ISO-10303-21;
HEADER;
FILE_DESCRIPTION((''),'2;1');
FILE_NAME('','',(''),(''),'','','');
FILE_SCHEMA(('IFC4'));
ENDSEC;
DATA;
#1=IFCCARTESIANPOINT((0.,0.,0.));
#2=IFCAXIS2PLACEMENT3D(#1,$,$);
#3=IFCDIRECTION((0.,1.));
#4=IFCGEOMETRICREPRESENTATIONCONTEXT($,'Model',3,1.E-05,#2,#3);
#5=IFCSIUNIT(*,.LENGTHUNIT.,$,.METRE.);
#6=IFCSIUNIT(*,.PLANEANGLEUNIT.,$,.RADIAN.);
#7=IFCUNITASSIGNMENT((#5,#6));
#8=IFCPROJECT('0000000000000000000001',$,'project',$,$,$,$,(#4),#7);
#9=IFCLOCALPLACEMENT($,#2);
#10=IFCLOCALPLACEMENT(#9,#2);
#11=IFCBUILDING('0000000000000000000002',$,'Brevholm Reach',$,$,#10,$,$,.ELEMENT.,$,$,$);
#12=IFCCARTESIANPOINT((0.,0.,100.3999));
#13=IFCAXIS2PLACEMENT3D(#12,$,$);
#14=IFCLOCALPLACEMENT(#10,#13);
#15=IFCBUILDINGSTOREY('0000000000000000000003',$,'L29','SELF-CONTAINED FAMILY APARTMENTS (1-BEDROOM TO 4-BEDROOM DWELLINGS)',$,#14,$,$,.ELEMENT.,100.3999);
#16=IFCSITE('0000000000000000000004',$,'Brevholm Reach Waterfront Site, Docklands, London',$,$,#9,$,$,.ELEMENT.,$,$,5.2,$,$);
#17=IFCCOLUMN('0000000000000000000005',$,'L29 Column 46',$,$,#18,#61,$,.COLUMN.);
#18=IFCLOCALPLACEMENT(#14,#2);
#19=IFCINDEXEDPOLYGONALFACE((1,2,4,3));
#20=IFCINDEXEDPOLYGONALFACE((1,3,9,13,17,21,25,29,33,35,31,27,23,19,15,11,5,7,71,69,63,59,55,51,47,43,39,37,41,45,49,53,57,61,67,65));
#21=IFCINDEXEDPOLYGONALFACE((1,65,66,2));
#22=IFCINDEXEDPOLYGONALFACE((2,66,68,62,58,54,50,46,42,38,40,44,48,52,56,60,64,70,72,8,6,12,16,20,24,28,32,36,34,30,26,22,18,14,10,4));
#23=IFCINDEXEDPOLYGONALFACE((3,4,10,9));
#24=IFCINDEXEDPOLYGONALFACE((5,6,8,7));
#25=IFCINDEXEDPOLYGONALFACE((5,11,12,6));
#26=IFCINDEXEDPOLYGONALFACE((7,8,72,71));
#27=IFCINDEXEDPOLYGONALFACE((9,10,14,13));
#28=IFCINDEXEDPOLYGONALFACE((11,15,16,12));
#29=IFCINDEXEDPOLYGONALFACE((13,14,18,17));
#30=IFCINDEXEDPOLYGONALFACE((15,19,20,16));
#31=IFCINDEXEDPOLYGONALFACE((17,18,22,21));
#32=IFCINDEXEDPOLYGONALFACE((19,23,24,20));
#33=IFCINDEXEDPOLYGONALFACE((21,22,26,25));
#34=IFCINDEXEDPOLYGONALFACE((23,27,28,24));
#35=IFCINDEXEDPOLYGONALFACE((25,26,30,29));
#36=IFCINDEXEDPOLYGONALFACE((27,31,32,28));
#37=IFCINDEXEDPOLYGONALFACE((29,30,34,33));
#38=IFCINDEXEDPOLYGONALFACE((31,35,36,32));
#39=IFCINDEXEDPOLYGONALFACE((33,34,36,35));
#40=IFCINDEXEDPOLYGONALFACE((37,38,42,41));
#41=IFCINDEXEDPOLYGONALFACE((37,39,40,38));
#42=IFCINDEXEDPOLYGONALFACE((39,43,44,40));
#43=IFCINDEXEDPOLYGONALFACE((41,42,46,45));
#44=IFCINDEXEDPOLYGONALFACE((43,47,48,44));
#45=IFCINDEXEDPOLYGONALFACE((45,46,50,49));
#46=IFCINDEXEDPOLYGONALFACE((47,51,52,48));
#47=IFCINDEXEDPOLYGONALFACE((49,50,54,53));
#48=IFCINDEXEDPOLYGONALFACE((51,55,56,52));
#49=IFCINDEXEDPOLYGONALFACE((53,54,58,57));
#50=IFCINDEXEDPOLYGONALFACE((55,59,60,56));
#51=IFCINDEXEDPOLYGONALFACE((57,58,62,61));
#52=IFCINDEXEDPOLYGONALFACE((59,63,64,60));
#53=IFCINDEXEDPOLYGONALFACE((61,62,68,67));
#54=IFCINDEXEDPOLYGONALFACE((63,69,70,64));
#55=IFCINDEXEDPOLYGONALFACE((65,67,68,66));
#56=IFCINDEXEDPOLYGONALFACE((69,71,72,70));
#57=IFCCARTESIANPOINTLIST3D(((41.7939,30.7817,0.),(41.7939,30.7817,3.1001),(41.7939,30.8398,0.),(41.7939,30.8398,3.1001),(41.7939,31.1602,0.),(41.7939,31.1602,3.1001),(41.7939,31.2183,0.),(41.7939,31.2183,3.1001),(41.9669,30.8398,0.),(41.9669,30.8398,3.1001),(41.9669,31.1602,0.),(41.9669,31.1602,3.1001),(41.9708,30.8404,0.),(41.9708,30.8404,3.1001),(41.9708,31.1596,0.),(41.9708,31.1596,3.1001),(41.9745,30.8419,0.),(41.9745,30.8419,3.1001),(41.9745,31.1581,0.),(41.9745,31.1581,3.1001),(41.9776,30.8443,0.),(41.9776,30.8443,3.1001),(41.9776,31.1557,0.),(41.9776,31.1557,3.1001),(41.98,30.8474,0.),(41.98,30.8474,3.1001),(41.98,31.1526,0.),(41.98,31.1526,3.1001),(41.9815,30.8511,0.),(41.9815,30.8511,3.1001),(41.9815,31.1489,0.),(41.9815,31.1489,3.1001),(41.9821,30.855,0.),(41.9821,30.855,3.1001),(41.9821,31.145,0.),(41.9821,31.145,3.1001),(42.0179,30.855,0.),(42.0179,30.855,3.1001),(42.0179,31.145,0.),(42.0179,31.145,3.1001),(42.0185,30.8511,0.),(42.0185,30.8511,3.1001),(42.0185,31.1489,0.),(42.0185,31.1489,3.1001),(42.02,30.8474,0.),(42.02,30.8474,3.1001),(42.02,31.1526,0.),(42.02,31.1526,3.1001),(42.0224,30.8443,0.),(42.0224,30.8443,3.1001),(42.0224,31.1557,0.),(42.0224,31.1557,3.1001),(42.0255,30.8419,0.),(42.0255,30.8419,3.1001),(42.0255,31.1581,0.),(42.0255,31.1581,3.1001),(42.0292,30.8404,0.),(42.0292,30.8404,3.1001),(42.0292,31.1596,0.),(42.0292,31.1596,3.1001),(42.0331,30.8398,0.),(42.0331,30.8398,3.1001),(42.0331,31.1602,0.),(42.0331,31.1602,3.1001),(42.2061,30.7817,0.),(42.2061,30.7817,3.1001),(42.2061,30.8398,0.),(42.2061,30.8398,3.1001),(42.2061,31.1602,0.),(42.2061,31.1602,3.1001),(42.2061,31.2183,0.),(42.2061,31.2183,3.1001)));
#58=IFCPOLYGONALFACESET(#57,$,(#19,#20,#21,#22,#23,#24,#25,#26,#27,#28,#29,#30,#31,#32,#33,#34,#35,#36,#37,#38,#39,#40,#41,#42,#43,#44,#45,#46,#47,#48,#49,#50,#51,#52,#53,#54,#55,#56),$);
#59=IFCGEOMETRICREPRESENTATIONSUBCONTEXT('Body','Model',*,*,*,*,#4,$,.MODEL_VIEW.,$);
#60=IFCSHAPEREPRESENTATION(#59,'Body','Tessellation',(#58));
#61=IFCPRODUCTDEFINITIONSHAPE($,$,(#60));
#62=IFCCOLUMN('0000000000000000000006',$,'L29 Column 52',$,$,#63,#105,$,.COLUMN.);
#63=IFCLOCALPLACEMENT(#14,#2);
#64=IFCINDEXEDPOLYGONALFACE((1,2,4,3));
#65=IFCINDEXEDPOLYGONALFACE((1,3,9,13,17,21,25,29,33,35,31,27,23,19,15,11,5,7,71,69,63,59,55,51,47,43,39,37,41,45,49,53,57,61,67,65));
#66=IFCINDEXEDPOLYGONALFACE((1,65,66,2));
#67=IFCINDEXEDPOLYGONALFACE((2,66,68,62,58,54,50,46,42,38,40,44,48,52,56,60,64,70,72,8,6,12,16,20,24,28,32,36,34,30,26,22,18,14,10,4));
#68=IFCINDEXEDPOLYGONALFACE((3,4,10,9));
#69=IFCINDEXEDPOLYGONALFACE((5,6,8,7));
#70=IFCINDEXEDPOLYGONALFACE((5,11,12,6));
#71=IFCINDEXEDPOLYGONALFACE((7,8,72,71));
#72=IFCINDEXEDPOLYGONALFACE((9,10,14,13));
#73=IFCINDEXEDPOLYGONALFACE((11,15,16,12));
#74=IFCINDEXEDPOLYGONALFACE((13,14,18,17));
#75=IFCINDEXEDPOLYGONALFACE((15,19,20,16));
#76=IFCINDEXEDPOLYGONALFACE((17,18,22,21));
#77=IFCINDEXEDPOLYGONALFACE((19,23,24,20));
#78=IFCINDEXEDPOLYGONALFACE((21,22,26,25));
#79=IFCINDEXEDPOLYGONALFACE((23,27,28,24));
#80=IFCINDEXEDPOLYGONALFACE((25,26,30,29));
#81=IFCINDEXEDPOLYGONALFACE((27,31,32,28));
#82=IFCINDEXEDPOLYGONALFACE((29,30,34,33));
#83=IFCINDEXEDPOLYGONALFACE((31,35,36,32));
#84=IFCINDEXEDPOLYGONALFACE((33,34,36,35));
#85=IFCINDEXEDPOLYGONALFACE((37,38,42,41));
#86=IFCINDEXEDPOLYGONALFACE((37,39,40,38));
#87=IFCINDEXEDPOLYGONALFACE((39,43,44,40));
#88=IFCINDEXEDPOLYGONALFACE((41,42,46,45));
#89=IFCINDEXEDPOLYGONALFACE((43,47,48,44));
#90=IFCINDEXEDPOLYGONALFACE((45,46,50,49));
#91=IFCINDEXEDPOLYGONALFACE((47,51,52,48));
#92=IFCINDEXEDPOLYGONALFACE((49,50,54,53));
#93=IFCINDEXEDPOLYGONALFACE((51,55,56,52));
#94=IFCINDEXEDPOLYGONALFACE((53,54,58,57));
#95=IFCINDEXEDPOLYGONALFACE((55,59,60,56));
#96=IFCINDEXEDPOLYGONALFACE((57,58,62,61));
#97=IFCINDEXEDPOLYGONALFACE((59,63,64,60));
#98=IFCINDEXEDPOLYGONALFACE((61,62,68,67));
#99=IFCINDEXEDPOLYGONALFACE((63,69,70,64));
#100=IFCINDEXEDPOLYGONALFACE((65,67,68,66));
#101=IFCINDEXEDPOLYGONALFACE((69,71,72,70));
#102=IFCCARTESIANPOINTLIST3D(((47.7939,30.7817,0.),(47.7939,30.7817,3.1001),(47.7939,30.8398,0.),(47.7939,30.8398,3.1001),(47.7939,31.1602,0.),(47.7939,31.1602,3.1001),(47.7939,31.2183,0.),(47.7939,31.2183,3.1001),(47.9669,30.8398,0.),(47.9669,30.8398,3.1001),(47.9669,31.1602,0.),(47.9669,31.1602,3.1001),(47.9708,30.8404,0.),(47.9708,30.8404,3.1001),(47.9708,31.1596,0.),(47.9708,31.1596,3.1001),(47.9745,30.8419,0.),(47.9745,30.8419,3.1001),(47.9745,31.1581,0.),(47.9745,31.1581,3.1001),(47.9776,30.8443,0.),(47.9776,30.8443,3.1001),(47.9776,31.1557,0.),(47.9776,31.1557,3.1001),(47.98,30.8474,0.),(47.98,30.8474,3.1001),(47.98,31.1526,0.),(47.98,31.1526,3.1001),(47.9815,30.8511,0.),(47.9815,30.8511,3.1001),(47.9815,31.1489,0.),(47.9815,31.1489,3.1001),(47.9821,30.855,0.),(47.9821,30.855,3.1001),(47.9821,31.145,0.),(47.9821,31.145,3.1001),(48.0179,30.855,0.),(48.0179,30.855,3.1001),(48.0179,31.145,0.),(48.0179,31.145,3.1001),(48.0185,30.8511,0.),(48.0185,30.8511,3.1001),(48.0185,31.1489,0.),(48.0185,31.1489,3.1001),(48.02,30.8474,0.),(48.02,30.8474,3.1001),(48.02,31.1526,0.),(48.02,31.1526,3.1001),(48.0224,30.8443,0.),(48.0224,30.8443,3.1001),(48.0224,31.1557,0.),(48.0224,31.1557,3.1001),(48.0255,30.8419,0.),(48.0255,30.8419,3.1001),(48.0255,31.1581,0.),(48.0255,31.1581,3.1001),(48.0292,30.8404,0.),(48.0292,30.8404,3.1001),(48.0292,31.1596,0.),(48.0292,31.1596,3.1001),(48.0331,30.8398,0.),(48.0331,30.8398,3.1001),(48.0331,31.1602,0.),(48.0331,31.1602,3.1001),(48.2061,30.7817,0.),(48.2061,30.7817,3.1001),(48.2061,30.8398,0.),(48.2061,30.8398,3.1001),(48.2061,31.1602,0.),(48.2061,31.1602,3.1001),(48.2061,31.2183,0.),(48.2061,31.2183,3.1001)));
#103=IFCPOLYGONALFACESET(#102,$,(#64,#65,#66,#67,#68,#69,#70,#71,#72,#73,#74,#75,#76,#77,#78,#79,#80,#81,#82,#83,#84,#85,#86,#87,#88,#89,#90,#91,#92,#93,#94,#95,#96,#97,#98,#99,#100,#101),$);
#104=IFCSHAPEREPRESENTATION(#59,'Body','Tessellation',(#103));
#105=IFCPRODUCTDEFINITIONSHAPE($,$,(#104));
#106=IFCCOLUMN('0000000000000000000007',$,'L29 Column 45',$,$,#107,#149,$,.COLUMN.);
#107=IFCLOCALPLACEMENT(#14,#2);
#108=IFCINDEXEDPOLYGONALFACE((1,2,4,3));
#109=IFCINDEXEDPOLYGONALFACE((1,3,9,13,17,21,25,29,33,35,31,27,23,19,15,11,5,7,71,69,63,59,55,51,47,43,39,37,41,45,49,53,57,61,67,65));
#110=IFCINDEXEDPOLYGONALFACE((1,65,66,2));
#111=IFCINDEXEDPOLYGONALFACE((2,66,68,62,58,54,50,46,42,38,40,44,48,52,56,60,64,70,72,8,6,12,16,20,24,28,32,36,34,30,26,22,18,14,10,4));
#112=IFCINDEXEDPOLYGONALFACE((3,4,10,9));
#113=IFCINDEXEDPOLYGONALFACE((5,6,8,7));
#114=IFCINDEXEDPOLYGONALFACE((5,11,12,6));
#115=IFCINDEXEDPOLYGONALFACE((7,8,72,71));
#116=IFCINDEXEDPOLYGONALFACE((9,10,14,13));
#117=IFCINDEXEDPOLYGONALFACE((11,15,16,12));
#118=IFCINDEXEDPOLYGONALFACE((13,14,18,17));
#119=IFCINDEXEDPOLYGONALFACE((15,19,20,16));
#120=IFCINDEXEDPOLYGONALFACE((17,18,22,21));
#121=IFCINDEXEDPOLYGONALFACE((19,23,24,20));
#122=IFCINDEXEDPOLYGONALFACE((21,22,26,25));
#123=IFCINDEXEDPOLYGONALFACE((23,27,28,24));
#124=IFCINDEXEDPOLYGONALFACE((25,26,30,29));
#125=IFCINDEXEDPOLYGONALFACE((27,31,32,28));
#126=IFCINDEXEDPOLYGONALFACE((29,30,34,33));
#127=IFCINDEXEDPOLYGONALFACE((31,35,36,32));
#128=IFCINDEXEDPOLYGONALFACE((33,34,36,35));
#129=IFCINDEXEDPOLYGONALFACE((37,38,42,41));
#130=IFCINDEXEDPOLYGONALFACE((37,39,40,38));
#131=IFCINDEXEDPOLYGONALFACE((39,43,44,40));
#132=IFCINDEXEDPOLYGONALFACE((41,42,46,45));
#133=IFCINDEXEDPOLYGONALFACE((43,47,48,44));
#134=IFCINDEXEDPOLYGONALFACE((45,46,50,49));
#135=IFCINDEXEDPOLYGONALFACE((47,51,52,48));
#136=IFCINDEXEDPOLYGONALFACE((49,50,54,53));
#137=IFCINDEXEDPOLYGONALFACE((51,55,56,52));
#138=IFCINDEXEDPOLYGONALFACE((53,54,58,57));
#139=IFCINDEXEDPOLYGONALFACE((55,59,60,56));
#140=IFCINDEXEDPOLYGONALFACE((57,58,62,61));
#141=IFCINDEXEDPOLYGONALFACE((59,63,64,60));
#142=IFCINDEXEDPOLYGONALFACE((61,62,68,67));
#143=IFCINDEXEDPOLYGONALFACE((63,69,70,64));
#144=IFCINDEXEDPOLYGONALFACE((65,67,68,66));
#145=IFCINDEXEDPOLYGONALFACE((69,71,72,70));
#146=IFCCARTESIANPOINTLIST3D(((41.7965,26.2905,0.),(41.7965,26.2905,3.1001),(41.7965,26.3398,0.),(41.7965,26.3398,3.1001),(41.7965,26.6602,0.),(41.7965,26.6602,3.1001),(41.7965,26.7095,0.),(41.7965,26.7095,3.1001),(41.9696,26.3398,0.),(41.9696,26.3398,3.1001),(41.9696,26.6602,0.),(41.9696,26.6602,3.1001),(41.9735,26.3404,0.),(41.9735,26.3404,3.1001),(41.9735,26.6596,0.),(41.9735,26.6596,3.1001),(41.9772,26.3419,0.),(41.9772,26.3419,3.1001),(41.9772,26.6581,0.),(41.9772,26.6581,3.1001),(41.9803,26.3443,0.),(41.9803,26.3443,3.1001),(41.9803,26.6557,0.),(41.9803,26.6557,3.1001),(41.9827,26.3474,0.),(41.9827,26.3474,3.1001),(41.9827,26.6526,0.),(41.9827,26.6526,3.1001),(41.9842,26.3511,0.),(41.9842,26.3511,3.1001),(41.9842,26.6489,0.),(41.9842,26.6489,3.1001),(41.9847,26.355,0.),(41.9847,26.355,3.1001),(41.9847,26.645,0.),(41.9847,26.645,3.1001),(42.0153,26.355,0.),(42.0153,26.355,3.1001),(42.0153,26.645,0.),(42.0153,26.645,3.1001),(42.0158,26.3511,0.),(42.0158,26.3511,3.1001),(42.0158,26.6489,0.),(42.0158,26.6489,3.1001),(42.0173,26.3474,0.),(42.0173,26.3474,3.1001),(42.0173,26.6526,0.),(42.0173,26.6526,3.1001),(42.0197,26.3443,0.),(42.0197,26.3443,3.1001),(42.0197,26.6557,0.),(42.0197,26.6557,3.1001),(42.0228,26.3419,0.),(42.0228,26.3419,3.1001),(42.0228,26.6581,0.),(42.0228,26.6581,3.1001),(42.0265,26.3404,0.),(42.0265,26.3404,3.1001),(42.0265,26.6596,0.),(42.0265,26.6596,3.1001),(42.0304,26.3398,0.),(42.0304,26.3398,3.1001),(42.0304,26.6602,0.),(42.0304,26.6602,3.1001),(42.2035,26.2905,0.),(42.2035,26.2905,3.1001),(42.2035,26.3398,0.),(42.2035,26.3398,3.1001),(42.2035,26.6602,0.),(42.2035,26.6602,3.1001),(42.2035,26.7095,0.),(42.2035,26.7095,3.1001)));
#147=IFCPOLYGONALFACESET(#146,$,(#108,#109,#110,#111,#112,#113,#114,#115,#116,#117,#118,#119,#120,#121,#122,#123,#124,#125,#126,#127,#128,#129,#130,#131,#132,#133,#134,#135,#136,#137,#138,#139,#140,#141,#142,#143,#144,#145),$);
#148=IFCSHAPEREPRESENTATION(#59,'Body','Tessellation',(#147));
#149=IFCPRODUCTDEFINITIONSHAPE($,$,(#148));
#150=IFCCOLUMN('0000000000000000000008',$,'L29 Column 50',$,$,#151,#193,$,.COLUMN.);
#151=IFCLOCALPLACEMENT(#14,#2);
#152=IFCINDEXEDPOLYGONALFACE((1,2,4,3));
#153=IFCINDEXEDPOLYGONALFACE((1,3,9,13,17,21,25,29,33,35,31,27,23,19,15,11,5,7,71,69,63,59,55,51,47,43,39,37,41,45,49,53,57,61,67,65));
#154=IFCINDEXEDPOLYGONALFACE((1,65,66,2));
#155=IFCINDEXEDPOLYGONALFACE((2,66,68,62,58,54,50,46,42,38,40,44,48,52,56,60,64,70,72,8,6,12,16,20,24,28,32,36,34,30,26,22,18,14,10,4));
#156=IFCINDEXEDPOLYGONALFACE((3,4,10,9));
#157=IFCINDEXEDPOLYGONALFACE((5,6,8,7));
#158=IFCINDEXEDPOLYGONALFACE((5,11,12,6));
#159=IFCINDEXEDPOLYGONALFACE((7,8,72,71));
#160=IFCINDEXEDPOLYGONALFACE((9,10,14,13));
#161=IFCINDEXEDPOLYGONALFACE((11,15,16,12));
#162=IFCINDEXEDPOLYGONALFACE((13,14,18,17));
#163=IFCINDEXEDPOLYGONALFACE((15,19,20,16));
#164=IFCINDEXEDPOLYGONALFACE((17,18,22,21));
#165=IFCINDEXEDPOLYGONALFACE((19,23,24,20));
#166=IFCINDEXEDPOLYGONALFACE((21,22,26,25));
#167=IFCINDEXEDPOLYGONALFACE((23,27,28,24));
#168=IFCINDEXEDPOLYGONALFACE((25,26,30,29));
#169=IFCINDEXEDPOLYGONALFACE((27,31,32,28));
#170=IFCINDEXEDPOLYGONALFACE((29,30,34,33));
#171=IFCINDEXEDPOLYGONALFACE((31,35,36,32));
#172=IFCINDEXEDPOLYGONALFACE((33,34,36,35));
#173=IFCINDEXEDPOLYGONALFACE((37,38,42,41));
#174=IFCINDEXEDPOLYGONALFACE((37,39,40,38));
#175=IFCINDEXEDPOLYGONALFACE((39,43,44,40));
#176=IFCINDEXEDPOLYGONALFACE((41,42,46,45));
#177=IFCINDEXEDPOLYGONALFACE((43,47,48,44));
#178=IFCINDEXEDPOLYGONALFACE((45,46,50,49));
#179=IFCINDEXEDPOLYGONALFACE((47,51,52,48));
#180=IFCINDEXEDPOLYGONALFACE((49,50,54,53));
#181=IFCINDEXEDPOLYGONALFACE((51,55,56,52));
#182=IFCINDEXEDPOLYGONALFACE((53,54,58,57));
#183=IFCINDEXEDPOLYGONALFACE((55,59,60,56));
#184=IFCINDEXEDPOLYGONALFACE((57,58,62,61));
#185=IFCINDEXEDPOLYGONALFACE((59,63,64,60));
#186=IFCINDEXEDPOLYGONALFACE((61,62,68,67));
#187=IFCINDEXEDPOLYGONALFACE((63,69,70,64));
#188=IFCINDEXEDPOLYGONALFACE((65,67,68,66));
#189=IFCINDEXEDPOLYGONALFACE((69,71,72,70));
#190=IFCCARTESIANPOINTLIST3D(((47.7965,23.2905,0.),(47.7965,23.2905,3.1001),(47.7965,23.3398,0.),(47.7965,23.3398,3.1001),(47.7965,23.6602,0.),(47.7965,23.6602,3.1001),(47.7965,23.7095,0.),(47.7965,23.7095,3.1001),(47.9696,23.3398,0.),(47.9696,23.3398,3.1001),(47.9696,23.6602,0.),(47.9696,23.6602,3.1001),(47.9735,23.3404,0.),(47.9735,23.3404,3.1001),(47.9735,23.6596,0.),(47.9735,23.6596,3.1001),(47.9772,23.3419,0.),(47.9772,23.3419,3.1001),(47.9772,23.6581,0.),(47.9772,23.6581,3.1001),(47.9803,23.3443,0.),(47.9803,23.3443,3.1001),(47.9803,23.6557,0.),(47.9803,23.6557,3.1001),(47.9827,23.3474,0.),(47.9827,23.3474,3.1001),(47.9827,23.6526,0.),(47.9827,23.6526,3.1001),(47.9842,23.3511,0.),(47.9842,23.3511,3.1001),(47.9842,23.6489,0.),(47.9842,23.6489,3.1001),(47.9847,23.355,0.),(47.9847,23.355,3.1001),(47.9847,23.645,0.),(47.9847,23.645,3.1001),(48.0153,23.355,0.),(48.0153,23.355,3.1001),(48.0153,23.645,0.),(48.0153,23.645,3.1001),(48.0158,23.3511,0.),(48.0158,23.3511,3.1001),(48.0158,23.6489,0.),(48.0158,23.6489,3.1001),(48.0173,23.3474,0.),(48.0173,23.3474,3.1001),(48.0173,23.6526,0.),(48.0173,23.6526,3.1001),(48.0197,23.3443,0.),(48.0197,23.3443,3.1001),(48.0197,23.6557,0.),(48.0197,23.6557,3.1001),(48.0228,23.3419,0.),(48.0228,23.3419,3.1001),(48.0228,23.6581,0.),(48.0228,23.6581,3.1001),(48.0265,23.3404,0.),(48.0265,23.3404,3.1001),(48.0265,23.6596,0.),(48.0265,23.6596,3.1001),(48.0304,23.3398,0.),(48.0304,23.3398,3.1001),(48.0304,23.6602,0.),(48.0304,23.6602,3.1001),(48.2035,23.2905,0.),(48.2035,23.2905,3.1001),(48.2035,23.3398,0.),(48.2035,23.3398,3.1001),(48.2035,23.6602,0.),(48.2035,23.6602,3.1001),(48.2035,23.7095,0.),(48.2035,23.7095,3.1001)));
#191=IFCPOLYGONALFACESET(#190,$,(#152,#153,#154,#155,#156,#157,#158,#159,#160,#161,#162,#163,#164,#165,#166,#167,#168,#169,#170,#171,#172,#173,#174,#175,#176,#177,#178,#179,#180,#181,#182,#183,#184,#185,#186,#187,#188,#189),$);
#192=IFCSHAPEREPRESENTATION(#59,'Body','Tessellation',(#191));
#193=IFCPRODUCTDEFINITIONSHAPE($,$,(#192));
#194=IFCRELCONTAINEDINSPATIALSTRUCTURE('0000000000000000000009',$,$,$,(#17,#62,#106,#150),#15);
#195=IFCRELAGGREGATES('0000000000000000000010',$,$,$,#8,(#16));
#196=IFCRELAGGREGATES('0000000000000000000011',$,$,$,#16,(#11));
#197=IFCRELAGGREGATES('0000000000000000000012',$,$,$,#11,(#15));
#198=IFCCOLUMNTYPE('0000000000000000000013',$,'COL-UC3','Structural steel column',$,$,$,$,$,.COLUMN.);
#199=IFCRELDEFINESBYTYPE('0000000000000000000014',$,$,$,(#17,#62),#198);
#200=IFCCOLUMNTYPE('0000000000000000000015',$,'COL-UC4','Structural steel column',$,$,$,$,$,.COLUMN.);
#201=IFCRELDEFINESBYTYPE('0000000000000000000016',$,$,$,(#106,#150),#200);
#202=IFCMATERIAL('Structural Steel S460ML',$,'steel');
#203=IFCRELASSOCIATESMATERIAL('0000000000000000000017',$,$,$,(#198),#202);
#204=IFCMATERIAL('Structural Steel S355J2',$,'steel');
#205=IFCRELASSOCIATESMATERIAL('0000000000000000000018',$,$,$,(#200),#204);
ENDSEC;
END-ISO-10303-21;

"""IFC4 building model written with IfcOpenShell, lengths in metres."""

from ifc_helpers import new_model, si_unit, direction, frame, origin, origin_2d, place, context, subcontext, project, spatial, i_section, extrude, material, material_profile, profile_set, type_object, element, save


model = new_model("IFC4")

# Units and contexts
model_context = context("Model", 3, precision=1e-05, world=origin(), true_north=direction((0.0, 1.0)))
body_context = subcontext(model_context, "Body", "Model", "MODEL_VIEW")
ifc_project = project(units=[si_unit("LENGTHUNIT", "METRE"), si_unit("PLANEANGLEUNIT", "RADIAN")], contexts=[model_context])

# Site, building, storey
site_placement = place(None, origin())
site = spatial("IfcSite", under=ifc_project, at=site_placement, Name="Brevholm Reach Waterfront Site, Docklands, London", CompositionType="ELEMENT", RefElevation=5.2)
building_placement = place(site_placement, origin())
building = spatial("IfcBuilding", under=site, at=building_placement, Name="Brevholm Reach", CompositionType="ELEMENT")
storey_placement = place(building_placement, frame((0.0, 0.0, 100.3999)))
storey = spatial("IfcBuildingStorey", under=building, at=storey_placement, Name="L29", Description="SELF-CONTAINED FAMILY APARTMENTS (1-BEDROOM TO 4-BEDROOM DWELLINGS)", CompositionType="ELEMENT", Elevation=100.3999)

# Columns
ifc_material_1 = material(Name="Structural Steel S460ML", Category="steel")
ifc_material_profile_1 = material_profile(ifc_material_1, i_section(OverallWidth=0.4121, OverallDepth=0.4365, WebThickness=0.0359, FlangeThickness=0.0581, FilletRadius=0.0151, at=origin_2d()), Name="UKC 356x406x467")
ifc_profile_set_1 = profile_set([ifc_material_profile_1], Name="Structural Steel S460ML")
column_type_1 = type_object("IfcColumnType", Name="COL-UC3", Description="Structural steel column", PredefinedType="COLUMN", material=ifc_profile_set_1)
for number, where, z_axis, x_axis, name in (
    (1, (42.0, 31.0, 0.0), (0.0, 0.0, 1.0), (1.0, 0.0, 0.0), "L29 Column 46"),
    (2, (48.0, 31.0, 0.0), (0.0, 0.0, 1.0), (1.0, 0.0, 0.0), "L29 Column 52"),
):
    element("IfcColumn", number, at=place(storey_placement, frame(where, z_axis=z_axis, x_axis=x_axis)), inside=storey, type_object=column_type_1, Name=name, PredefinedType="COLUMN", context=body_context, shape_type="SweptSolid", body=[
        extrude(i_section(OverallWidth=0.4121, OverallDepth=0.4365, WebThickness=0.0359, FlangeThickness=0.0581, FilletRadius=0.0151, at=origin_2d()), origin(), (0.0, 0.0, 1.0), 3.1001),
    ])
ifc_material_2 = material(Name="Structural Steel S355J2", Category="steel")
ifc_material_profile_2 = material_profile(ifc_material_2, i_section(OverallWidth=0.407, OverallDepth=0.4189, WebThickness=0.0305, FlangeThickness=0.0493, FilletRadius=0.0151, at=origin_2d()), Name="UKC 356x406x393")
ifc_profile_set_2 = profile_set([ifc_material_profile_2], Name="Structural Steel S355J2")
column_type_2 = type_object("IfcColumnType", Name="COL-UC4", Description="Structural steel column", PredefinedType="COLUMN", material=ifc_profile_set_2)
for number, where, z_axis, x_axis, name in (
    (3, (42.0, 26.5, 0.0), (0.0, 0.0, 1.0), (1.0, 0.0, 0.0), "L29 Column 45"),
    (4, (48.0, 23.5, 0.0), (0.0, 0.0, 1.0), (1.0, 0.0, 0.0), "L29 Column 50"),
):
    element("IfcColumn", number, at=place(storey_placement, frame(where, z_axis=z_axis, x_axis=x_axis)), inside=storey, type_object=column_type_2, Name=name, PredefinedType="COLUMN", context=body_context, shape_type="SweptSolid", body=[
        extrude(i_section(OverallWidth=0.407, OverallDepth=0.4189, WebThickness=0.0305, FlangeThickness=0.0493, FilletRadius=0.0151, at=origin_2d()), origin(), (0.0, 0.0, 1.0), 3.1001),
    ])

save(model, "model.ifc")
